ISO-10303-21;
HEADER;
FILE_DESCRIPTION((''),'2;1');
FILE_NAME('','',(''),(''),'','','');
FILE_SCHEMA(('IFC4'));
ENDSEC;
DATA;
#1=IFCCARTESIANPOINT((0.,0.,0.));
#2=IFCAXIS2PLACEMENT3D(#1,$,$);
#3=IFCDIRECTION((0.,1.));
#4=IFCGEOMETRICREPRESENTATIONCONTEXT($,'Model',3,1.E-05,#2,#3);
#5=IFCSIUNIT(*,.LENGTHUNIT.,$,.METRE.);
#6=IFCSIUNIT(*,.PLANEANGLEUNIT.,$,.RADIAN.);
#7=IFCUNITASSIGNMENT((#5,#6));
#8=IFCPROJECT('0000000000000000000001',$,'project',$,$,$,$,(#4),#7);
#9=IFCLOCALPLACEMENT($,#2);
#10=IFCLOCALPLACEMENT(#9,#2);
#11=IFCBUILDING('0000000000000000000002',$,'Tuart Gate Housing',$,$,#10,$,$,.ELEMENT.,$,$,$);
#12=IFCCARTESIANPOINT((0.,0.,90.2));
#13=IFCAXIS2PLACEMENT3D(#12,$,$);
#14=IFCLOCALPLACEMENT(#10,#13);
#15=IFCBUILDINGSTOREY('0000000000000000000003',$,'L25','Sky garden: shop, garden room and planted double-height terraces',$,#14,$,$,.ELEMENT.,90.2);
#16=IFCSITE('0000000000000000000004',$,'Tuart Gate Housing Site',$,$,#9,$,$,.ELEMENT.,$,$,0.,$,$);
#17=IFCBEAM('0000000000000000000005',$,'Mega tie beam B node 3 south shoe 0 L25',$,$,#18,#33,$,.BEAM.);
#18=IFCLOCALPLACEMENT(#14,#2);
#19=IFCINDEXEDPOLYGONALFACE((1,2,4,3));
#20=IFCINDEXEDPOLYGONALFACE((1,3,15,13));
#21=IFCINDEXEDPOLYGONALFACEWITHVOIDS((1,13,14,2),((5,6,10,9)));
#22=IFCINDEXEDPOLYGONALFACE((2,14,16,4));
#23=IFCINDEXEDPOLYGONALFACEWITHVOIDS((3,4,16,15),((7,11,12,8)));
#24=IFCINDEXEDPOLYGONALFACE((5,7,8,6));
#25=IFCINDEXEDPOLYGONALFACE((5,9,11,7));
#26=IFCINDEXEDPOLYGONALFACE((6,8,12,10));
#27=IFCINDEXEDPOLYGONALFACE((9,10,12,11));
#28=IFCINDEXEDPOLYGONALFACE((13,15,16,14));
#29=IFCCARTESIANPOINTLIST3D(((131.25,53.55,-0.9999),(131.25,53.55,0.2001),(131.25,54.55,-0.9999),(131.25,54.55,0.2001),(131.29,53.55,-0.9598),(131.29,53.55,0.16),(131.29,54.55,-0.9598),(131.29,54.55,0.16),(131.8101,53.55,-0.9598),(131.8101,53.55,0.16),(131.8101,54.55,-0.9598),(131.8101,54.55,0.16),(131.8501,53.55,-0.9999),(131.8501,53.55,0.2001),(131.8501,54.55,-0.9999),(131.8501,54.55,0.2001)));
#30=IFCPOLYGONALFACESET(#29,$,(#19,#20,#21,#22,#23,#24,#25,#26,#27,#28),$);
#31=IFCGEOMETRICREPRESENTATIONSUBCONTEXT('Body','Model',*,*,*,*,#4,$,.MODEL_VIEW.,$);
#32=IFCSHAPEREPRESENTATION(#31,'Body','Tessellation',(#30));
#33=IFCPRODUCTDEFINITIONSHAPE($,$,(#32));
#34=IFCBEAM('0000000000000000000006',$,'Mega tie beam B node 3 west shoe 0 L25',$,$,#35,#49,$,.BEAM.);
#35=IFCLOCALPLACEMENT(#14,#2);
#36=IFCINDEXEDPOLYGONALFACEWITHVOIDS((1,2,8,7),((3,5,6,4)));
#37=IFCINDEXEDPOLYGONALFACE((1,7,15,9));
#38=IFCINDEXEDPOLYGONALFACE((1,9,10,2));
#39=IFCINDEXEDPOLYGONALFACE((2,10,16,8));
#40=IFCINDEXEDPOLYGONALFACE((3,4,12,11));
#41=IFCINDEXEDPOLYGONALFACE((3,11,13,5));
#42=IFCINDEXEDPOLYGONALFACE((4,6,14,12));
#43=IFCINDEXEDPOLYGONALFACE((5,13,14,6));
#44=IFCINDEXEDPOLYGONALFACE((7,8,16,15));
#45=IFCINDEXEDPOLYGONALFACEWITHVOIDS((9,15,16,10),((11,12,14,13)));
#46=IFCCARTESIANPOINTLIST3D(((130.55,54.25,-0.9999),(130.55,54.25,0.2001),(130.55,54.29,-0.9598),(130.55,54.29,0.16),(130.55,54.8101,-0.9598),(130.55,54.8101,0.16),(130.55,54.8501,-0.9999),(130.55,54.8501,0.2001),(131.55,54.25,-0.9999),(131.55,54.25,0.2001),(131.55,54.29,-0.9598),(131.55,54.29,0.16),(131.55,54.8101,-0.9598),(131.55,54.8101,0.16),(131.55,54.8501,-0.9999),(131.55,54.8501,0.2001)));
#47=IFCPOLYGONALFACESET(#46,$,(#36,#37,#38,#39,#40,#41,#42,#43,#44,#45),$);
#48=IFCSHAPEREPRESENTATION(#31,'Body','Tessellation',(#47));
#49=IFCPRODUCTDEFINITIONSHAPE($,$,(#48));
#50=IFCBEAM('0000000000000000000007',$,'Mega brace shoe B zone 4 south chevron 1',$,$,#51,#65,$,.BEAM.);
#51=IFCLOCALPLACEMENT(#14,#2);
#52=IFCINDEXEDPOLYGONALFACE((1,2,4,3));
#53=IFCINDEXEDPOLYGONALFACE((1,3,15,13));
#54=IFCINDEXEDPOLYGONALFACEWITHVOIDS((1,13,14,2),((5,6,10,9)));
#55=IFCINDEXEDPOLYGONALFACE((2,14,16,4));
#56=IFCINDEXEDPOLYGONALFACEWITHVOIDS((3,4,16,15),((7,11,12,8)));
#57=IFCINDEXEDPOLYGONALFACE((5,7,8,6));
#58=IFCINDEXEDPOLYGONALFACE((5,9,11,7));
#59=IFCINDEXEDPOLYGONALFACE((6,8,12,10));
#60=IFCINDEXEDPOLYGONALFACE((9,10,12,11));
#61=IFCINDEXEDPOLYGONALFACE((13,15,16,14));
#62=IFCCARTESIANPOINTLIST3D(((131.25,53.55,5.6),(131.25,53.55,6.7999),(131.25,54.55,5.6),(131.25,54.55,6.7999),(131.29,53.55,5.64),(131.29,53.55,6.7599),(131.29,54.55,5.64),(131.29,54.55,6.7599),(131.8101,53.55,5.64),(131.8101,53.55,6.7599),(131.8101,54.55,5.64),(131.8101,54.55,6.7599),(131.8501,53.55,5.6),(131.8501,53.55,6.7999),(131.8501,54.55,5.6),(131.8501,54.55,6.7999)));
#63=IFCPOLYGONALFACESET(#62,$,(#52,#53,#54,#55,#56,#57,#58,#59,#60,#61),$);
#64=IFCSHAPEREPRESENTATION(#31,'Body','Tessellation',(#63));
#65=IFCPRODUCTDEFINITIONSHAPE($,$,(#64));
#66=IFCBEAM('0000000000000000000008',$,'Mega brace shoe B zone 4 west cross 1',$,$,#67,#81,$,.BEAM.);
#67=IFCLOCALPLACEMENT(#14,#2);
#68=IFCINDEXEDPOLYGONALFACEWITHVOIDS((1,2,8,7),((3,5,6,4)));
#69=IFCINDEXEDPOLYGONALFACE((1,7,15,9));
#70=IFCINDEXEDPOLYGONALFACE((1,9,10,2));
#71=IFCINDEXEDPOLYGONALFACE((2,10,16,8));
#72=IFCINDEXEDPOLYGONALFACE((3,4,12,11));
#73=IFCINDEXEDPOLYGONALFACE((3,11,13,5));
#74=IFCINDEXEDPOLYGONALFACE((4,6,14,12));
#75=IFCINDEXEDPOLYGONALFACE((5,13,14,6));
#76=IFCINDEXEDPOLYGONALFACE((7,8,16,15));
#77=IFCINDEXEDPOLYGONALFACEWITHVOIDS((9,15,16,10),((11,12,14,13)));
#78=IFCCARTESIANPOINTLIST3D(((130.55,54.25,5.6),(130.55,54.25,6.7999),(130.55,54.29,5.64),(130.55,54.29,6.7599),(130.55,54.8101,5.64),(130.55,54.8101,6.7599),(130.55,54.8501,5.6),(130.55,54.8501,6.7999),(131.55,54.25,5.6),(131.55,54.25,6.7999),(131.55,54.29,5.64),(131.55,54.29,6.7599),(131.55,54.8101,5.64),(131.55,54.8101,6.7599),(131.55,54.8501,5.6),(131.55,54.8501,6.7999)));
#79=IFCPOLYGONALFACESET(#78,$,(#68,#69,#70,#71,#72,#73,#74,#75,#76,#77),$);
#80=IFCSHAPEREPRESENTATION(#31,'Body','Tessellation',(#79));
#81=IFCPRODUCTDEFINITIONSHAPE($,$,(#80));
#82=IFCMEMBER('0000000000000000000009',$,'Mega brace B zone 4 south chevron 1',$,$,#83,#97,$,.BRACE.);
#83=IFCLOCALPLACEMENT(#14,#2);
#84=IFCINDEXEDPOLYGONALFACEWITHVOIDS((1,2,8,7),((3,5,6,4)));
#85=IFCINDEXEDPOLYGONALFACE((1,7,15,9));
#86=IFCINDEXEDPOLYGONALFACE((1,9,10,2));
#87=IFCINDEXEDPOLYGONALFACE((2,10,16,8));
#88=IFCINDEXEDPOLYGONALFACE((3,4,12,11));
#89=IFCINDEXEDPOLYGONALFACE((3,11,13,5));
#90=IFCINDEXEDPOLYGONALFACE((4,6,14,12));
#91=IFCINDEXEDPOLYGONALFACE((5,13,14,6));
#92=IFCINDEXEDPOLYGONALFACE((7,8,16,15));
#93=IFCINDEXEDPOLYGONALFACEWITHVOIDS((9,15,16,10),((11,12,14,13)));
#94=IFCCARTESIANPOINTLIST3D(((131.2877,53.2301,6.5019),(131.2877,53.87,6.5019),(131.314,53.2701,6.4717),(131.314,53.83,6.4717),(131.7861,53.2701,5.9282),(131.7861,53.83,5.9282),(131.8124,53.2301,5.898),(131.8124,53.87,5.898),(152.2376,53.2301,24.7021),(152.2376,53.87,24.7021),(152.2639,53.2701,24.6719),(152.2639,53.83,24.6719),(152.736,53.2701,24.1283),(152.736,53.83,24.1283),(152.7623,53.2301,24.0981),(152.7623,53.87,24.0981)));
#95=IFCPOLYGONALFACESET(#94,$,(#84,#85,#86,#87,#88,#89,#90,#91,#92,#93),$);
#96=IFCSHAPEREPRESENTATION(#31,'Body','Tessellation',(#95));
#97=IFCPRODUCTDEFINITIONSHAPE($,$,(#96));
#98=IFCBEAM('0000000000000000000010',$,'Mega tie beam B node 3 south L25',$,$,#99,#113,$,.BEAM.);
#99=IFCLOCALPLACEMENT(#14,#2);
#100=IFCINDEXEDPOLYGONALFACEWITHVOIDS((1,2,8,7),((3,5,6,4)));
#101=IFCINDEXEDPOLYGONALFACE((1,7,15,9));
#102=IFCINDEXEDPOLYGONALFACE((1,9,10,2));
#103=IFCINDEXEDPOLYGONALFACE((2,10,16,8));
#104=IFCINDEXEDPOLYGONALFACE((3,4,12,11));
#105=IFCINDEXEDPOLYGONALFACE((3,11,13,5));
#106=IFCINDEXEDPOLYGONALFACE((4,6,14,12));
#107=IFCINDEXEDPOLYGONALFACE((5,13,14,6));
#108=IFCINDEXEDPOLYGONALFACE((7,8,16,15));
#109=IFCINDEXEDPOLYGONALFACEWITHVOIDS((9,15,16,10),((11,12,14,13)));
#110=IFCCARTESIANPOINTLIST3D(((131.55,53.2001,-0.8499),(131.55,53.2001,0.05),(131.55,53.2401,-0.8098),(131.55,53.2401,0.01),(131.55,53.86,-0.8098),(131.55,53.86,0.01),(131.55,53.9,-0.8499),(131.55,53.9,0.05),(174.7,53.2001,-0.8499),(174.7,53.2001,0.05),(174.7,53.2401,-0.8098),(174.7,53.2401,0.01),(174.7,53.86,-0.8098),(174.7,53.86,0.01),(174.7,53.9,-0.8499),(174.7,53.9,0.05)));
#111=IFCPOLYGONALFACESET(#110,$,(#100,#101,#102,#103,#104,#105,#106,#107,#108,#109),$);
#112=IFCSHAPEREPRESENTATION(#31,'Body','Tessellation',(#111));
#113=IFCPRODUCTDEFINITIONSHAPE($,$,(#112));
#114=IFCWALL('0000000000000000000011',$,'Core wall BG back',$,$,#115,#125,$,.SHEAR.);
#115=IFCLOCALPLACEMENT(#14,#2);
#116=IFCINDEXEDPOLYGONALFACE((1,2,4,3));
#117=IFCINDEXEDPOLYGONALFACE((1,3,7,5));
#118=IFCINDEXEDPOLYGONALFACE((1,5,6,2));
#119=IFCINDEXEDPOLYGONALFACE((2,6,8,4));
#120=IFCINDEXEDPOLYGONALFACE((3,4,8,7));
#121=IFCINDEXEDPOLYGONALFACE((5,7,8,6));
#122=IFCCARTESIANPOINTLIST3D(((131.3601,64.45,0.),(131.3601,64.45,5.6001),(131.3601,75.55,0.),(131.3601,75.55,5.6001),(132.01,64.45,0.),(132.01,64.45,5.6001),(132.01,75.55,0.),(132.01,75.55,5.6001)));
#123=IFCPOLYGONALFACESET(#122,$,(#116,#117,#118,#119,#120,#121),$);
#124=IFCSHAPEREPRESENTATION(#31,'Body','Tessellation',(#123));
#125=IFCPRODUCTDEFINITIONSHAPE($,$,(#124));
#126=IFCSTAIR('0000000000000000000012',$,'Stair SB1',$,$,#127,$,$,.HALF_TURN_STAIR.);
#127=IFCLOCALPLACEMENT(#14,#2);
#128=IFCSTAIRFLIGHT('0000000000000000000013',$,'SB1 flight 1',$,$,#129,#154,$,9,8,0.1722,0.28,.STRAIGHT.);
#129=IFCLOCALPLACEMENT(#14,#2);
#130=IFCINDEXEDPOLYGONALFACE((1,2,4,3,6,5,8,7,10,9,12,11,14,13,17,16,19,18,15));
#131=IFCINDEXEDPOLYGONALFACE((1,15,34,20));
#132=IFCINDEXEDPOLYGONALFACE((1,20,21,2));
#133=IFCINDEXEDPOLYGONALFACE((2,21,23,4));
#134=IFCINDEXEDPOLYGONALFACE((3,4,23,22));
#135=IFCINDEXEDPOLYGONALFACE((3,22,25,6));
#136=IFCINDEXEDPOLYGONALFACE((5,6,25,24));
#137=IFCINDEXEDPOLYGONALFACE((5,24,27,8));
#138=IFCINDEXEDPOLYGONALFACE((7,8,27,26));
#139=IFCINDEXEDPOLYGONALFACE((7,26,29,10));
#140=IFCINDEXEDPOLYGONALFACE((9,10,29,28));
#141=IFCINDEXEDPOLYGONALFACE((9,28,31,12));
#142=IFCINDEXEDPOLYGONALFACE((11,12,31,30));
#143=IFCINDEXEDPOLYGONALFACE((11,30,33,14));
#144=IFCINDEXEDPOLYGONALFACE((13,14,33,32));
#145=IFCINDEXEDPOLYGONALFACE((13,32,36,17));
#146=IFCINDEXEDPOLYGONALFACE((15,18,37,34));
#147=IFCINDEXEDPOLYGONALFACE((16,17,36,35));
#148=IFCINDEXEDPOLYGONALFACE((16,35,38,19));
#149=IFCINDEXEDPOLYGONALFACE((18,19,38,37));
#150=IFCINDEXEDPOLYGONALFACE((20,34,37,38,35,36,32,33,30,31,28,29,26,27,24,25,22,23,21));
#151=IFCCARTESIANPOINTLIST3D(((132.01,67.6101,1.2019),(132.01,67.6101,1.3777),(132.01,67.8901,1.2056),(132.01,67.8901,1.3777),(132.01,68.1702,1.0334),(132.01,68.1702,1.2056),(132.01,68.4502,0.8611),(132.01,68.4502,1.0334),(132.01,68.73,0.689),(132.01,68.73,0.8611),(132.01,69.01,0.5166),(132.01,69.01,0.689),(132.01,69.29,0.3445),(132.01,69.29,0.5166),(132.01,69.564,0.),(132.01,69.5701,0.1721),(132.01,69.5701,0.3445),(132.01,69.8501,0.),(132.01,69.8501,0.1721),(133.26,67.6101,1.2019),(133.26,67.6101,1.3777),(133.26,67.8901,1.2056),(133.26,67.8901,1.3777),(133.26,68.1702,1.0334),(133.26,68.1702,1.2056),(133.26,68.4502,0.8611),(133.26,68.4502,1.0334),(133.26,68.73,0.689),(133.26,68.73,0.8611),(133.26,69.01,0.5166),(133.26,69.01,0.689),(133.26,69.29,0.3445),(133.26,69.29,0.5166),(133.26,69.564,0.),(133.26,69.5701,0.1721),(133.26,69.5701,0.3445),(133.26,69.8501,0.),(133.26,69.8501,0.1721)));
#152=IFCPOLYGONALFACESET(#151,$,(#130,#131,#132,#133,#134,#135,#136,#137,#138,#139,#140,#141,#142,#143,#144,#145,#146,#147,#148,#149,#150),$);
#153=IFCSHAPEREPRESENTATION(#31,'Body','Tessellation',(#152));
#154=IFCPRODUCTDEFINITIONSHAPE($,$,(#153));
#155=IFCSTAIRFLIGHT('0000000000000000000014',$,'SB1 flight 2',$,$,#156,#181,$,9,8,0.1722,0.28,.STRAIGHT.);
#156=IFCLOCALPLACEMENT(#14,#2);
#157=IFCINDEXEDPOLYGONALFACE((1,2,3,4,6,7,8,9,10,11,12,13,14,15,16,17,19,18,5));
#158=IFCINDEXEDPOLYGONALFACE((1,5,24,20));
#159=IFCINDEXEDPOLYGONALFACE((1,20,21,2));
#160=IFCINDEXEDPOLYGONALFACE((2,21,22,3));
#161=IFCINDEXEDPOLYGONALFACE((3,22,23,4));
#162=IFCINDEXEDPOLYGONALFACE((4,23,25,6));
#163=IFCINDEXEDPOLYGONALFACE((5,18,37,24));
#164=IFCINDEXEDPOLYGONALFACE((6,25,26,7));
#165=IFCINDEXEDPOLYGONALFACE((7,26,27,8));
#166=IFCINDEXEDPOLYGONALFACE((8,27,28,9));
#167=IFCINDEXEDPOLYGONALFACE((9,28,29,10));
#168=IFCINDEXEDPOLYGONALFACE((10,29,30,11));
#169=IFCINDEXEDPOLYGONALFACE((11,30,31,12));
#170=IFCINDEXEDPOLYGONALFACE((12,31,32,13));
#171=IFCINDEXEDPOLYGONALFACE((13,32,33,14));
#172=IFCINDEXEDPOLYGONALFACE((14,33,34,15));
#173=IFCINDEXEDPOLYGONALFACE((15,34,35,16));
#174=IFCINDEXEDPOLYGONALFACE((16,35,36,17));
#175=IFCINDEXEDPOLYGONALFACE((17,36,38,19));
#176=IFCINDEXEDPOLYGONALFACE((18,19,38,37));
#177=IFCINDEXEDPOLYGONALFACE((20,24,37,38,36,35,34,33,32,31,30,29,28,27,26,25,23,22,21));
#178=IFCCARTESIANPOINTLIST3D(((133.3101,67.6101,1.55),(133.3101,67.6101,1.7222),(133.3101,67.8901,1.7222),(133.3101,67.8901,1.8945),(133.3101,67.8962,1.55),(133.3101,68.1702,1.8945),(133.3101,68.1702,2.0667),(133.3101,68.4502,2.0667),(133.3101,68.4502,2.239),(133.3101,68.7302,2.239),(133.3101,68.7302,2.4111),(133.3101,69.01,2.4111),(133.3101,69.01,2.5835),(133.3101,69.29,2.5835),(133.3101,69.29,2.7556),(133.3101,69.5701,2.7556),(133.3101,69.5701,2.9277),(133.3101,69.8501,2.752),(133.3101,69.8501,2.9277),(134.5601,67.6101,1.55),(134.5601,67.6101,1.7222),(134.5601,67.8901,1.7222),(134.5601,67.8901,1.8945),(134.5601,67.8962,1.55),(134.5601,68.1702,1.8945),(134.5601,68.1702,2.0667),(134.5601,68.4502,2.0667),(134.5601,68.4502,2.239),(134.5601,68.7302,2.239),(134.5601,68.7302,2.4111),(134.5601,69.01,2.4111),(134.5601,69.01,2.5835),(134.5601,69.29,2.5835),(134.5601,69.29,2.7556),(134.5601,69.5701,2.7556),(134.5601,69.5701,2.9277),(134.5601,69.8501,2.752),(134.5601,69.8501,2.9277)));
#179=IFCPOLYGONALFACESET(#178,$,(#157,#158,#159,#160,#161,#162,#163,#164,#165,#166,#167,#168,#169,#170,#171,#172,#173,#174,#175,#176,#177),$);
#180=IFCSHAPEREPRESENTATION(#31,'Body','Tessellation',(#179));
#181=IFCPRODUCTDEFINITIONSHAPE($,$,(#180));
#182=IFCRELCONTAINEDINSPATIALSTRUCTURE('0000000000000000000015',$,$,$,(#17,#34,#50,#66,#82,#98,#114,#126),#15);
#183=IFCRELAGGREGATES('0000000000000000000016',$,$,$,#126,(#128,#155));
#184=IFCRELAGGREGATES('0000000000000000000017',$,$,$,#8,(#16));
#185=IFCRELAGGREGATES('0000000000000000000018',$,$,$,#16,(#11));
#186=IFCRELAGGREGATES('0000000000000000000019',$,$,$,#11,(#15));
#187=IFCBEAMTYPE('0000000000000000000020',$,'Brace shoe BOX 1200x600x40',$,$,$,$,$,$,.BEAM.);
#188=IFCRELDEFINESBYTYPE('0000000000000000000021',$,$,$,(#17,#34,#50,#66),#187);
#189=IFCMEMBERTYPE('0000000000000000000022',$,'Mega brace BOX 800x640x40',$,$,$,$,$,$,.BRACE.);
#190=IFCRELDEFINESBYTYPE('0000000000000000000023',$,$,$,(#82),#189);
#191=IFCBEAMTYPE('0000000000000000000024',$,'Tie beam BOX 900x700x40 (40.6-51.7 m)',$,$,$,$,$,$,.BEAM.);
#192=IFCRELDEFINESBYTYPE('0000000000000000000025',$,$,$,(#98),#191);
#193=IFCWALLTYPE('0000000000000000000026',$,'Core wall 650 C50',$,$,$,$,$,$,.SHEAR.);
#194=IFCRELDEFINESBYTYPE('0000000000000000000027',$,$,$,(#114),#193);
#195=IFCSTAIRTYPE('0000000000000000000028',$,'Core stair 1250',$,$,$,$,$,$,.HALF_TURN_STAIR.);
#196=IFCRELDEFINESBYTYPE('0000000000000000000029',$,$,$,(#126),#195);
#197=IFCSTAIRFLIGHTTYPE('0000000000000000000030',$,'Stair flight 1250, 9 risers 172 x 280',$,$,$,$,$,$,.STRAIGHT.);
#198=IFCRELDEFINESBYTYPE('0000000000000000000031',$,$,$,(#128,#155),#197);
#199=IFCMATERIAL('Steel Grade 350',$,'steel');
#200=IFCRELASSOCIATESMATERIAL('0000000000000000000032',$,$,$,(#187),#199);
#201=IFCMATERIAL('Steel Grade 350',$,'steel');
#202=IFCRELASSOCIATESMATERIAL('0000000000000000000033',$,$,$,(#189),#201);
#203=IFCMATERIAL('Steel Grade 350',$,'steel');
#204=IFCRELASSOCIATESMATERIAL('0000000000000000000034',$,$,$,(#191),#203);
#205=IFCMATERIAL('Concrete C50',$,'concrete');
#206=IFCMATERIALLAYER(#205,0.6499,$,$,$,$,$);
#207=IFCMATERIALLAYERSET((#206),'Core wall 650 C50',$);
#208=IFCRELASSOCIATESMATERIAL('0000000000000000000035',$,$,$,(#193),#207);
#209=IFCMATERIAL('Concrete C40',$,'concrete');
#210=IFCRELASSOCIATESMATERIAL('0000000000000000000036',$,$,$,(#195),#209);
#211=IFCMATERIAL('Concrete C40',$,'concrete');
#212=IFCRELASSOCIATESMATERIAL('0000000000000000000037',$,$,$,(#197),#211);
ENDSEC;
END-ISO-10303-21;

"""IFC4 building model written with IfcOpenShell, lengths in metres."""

from ifc_helpers import new_model, si_unit, direction, frame, frame_2d, origin, origin_2d, place, context, subcontext, project, spatial, polyline, rectangle, hollow_rectangle, outline, extrude, material, layer, layer_set, material_profile, profile_set, type_object, element, aggregate, save


model = new_model("IFC4")

# Units and contexts
model_context = context("Model", 3, precision=1e-05, world=origin(), true_north=direction((0.0, 1.0)))
body_context = subcontext(model_context, "Body", "Model", "MODEL_VIEW")
ifc_project = project(units=[si_unit("LENGTHUNIT", "METRE"), si_unit("PLANEANGLEUNIT", "RADIAN")], contexts=[model_context])

# Site, building, storey
site_placement = place(None, origin())
site = spatial("IfcSite", under=ifc_project, at=site_placement, Name="Tuart Gate Housing Site", CompositionType="ELEMENT", RefElevation=0.0)
building_placement = place(site_placement, origin())
building = spatial("IfcBuilding", under=site, at=building_placement, Name="Tuart Gate Housing", CompositionType="ELEMENT")
storey_placement = place(building_placement, frame((0.0, 0.0, 90.2)))
storey = spatial("IfcBuildingStorey", under=building, at=storey_placement, Name="L25", Description="Sky garden: shop, garden room and planted double-height terraces", CompositionType="ELEMENT", Elevation=90.2)

# Beams
ifc_material_1 = material(Name="Steel Grade 350", Category="steel")
ifc_material_profile_1 = material_profile(ifc_material_1, hollow_rectangle(XDim=0.6001, YDim=1.2, WallThickness=0.04, at=origin_2d()), Name="BOX 1200x600x40")
ifc_profile_set_1 = profile_set([ifc_material_profile_1], Name="Steel Grade 350")
beam_type_1 = type_object("IfcBeamType", Name="Brace shoe BOX 1200x600x40", PredefinedType="BEAM", material=ifc_profile_set_1)
for number, where, z_axis, x_axis, name in (
    (1, (131.55, 54.55, -0.3999), (0.0, -1.0, 0.0), (1.0, 0.0, 0.0), "Mega tie beam B node 3 south shoe 0 L25"),
    (2, (131.55, 54.55, -0.3999), (-1.0, 0.0, 0.0), (0.0, -1.0, 0.0), "Mega tie beam B node 3 west shoe 0 L25"),
    (3, (131.55, 54.55, 6.2), (0.0, -1.0, 0.0), (1.0, 0.0, 0.0), "Mega brace shoe B zone 4 south chevron 1"),
    (4, (131.55, 54.55, 6.2), (-1.0, 0.0, 0.0), (0.0, -1.0, 0.0), "Mega brace shoe B zone 4 west cross 1"),
):
    element("IfcBeam", number, at=place(storey_placement, frame(where, z_axis=z_axis, x_axis=x_axis)), inside=storey, type_object=beam_type_1, Name=name, PredefinedType="BEAM", context=body_context, shape_type="SweptSolid", body=[
        extrude(hollow_rectangle(XDim=0.6001, YDim=1.2, WallThickness=0.04, at=origin_2d()), origin(), (0.0, 0.0, 1.0), 1.0),
    ])

# Member
ifc_material_2 = material(Name="Steel Grade 350", Category="steel")
ifc_material_profile_2 = material_profile(ifc_material_2, hollow_rectangle(XDim=0.6399, YDim=0.8, WallThickness=0.04, at=origin_2d()), Name="BOX 800x640x40")
ifc_profile_set_2 = profile_set([ifc_material_profile_2], Name="Steel Grade 350")
member_type = type_object("IfcMemberType", Name="Mega brace BOX 800x640x40", PredefinedType="BRACE", material=ifc_profile_set_2)
member_placement = place(storey_placement, frame((131.55, 53.55, 6.2), z_axis=(0.754912, 0.0, 0.655827), x_axis=(0.0, 1.0, 0.0)))
element("IfcMember", 5, at=member_placement, inside=storey, type_object=member_type, Name="Mega brace B zone 4 south chevron 1", PredefinedType="BRACE", context=body_context, shape_type="SweptSolid", body=[
    extrude(hollow_rectangle(XDim=0.6399, YDim=0.8, WallThickness=0.04, at=origin_2d()), origin(), (0.0, 0.0, 1.0), 27.7515),
])

# Beam
ifc_material_3 = material(Name="Steel Grade 350", Category="steel")
ifc_material_profile_3 = material_profile(ifc_material_3, hollow_rectangle(XDim=0.7, YDim=0.8999, WallThickness=0.04, at=origin_2d()), Name="BOX 900x700x40")
ifc_profile_set_3 = profile_set([ifc_material_profile_3], Name="Steel Grade 350")
beam_type_2 = type_object("IfcBeamType", Name="Tie beam BOX 900x700x40 (40.6-51.7 m)", PredefinedType="BEAM", material=ifc_profile_set_3)
beam_placement = place(storey_placement, frame((131.55, 53.55, -0.3999), z_axis=(1.0, 0.0, 0.0), x_axis=(0.0, 1.0, 0.0)))
element("IfcBeam", 6, at=beam_placement, inside=storey, type_object=beam_type_2, Name="Mega tie beam B node 3 south L25", PredefinedType="BEAM", context=body_context, shape_type="SweptSolid", body=[
    extrude(hollow_rectangle(XDim=0.7, YDim=0.8999, WallThickness=0.04, at=origin_2d()), origin(), (0.0, 0.0, 1.0), 43.1499),
])

# Wall
ifc_material_4 = material(Name="Concrete C50", Category="concrete")
ifc_layer_1 = layer(ifc_material_4, 0.6499)
ifc_layer_set_1 = layer_set([ifc_layer_1], Name="Core wall 650 C50")
wall_type_1 = type_object("IfcWallType", Name="Core wall 650 C50", PredefinedType="SHEAR", material=ifc_layer_set_1)
wall_1_placement = place(storey_placement, frame((131.6851, 64.45, 0.0), z_axis=(0.0, 0.0, 1.0), x_axis=(0.0, 1.0, 0.0)))
element("IfcWall", 7, at=wall_1_placement, inside=storey, type_object=wall_type_1, Name="Core wall BG back", PredefinedType="SHEAR", context=body_context, shape_type="SweptSolid", body=[
    extrude(rectangle(XDim=11.1001, YDim=0.6499, at=frame_2d((5.55, 0.0))), origin(), (0.0, 0.0, 1.0), 5.6001),
])

# Stair, stair flights
ifc_material_5 = material(Name="Concrete C40", Category="concrete")
stair_type = type_object("IfcStairType", Name="Core stair 1250", PredefinedType="HALF_TURN_STAIR", material=ifc_material_5)
stair_placement = place(storey_placement, origin())
stair = element("IfcStair", 8, at=stair_placement, inside=storey, type_object=stair_type, Name="Stair SB1", PredefinedType="HALF_TURN_STAIR")
ifc_material_6 = material(Name="Concrete C40", Category="concrete")
stair_flight_type = type_object("IfcStairFlightType", Name="Stair flight 1250, 9 risers 172 x 280", PredefinedType="STRAIGHT", material=ifc_material_6)
stair_flight_1_placement = place(storey_placement, frame((132.635, 69.8501, 0.0), z_axis=(0.0, 0.0, 1.0), x_axis=(0.0, -1.0, 0.0)))
stair_flight_1 = element("IfcStairFlight", 9, at=stair_flight_1_placement, type_object=stair_flight_type, Name="SB1 flight 1", NumberOfRisers=9, NumberOfTreads=8, PredefinedType="STRAIGHT", RiserHeight=0.1722, TreadLength=0.28, context=body_context, shape_type="SweptSolid", body=[
    extrude(outline(polyline([(0.0, 0.0), (0.0, 0.1721), (0.28, 0.1721), (0.28, 0.3445), (0.5601, 0.3445), (0.5601, 0.5166), (0.8401, 0.5166), (0.8401, 0.689), (1.1201, 0.689), (1.1201, 0.8611), (1.3999, 0.8611), (1.3999, 1.0334), (1.6799, 1.0334), (1.6799, 1.2056), (1.96, 1.2056), (1.96, 1.3777), (2.24, 1.3777), (2.24, 1.55), (2.24, 1.2019), (0.2861, 0.0), (0.0, 0.0)])), frame((0.0, 0.625, 0.0), z_axis=(0.0, -1.0, 0.0), x_axis=(1.0, 0.0, 0.0)), (0.0, 0.0, 1.0), 1.25),
])
stair_flight_2_placement = place(storey_placement, frame((133.9351, 67.6101, 1.55), z_axis=(0.0, 0.0, 1.0), x_axis=(0.0, 1.0, 0.0)))
stair_flight_2 = element("IfcStairFlight", 10, at=stair_flight_2_placement, type_object=stair_flight_type, Name="SB1 flight 2", NumberOfRisers=9, NumberOfTreads=8, PredefinedType="STRAIGHT", RiserHeight=0.1722, TreadLength=0.28, context=body_context, shape_type="SweptSolid", body=[
    extrude(outline(polyline([(0.0, 0.0), (0.0, 0.1721), (0.28, 0.1721), (0.28, 0.3445), (0.5601, 0.3445), (0.5601, 0.5166), (0.8401, 0.5166), (0.8401, 0.689), (1.1201, 0.689), (1.1201, 0.8611), (1.3999, 0.8611), (1.3999, 1.0334), (1.6799, 1.0334), (1.6799, 1.2056), (1.96, 1.2056), (1.96, 1.3777), (2.24, 1.3777), (2.24, 1.55), (2.24, 1.2019), (0.2861, 0.0), (0.0, 0.0)])), frame((0.0, 0.625, 0.0), z_axis=(0.0, -1.0, 0.0), x_axis=(1.0, 0.0, 0.0)), (0.0, 0.0, 1.0), 1.25),
])
aggregate(stair, [stair_flight_1, stair_flight_2])

save(model, "model.ifc")
